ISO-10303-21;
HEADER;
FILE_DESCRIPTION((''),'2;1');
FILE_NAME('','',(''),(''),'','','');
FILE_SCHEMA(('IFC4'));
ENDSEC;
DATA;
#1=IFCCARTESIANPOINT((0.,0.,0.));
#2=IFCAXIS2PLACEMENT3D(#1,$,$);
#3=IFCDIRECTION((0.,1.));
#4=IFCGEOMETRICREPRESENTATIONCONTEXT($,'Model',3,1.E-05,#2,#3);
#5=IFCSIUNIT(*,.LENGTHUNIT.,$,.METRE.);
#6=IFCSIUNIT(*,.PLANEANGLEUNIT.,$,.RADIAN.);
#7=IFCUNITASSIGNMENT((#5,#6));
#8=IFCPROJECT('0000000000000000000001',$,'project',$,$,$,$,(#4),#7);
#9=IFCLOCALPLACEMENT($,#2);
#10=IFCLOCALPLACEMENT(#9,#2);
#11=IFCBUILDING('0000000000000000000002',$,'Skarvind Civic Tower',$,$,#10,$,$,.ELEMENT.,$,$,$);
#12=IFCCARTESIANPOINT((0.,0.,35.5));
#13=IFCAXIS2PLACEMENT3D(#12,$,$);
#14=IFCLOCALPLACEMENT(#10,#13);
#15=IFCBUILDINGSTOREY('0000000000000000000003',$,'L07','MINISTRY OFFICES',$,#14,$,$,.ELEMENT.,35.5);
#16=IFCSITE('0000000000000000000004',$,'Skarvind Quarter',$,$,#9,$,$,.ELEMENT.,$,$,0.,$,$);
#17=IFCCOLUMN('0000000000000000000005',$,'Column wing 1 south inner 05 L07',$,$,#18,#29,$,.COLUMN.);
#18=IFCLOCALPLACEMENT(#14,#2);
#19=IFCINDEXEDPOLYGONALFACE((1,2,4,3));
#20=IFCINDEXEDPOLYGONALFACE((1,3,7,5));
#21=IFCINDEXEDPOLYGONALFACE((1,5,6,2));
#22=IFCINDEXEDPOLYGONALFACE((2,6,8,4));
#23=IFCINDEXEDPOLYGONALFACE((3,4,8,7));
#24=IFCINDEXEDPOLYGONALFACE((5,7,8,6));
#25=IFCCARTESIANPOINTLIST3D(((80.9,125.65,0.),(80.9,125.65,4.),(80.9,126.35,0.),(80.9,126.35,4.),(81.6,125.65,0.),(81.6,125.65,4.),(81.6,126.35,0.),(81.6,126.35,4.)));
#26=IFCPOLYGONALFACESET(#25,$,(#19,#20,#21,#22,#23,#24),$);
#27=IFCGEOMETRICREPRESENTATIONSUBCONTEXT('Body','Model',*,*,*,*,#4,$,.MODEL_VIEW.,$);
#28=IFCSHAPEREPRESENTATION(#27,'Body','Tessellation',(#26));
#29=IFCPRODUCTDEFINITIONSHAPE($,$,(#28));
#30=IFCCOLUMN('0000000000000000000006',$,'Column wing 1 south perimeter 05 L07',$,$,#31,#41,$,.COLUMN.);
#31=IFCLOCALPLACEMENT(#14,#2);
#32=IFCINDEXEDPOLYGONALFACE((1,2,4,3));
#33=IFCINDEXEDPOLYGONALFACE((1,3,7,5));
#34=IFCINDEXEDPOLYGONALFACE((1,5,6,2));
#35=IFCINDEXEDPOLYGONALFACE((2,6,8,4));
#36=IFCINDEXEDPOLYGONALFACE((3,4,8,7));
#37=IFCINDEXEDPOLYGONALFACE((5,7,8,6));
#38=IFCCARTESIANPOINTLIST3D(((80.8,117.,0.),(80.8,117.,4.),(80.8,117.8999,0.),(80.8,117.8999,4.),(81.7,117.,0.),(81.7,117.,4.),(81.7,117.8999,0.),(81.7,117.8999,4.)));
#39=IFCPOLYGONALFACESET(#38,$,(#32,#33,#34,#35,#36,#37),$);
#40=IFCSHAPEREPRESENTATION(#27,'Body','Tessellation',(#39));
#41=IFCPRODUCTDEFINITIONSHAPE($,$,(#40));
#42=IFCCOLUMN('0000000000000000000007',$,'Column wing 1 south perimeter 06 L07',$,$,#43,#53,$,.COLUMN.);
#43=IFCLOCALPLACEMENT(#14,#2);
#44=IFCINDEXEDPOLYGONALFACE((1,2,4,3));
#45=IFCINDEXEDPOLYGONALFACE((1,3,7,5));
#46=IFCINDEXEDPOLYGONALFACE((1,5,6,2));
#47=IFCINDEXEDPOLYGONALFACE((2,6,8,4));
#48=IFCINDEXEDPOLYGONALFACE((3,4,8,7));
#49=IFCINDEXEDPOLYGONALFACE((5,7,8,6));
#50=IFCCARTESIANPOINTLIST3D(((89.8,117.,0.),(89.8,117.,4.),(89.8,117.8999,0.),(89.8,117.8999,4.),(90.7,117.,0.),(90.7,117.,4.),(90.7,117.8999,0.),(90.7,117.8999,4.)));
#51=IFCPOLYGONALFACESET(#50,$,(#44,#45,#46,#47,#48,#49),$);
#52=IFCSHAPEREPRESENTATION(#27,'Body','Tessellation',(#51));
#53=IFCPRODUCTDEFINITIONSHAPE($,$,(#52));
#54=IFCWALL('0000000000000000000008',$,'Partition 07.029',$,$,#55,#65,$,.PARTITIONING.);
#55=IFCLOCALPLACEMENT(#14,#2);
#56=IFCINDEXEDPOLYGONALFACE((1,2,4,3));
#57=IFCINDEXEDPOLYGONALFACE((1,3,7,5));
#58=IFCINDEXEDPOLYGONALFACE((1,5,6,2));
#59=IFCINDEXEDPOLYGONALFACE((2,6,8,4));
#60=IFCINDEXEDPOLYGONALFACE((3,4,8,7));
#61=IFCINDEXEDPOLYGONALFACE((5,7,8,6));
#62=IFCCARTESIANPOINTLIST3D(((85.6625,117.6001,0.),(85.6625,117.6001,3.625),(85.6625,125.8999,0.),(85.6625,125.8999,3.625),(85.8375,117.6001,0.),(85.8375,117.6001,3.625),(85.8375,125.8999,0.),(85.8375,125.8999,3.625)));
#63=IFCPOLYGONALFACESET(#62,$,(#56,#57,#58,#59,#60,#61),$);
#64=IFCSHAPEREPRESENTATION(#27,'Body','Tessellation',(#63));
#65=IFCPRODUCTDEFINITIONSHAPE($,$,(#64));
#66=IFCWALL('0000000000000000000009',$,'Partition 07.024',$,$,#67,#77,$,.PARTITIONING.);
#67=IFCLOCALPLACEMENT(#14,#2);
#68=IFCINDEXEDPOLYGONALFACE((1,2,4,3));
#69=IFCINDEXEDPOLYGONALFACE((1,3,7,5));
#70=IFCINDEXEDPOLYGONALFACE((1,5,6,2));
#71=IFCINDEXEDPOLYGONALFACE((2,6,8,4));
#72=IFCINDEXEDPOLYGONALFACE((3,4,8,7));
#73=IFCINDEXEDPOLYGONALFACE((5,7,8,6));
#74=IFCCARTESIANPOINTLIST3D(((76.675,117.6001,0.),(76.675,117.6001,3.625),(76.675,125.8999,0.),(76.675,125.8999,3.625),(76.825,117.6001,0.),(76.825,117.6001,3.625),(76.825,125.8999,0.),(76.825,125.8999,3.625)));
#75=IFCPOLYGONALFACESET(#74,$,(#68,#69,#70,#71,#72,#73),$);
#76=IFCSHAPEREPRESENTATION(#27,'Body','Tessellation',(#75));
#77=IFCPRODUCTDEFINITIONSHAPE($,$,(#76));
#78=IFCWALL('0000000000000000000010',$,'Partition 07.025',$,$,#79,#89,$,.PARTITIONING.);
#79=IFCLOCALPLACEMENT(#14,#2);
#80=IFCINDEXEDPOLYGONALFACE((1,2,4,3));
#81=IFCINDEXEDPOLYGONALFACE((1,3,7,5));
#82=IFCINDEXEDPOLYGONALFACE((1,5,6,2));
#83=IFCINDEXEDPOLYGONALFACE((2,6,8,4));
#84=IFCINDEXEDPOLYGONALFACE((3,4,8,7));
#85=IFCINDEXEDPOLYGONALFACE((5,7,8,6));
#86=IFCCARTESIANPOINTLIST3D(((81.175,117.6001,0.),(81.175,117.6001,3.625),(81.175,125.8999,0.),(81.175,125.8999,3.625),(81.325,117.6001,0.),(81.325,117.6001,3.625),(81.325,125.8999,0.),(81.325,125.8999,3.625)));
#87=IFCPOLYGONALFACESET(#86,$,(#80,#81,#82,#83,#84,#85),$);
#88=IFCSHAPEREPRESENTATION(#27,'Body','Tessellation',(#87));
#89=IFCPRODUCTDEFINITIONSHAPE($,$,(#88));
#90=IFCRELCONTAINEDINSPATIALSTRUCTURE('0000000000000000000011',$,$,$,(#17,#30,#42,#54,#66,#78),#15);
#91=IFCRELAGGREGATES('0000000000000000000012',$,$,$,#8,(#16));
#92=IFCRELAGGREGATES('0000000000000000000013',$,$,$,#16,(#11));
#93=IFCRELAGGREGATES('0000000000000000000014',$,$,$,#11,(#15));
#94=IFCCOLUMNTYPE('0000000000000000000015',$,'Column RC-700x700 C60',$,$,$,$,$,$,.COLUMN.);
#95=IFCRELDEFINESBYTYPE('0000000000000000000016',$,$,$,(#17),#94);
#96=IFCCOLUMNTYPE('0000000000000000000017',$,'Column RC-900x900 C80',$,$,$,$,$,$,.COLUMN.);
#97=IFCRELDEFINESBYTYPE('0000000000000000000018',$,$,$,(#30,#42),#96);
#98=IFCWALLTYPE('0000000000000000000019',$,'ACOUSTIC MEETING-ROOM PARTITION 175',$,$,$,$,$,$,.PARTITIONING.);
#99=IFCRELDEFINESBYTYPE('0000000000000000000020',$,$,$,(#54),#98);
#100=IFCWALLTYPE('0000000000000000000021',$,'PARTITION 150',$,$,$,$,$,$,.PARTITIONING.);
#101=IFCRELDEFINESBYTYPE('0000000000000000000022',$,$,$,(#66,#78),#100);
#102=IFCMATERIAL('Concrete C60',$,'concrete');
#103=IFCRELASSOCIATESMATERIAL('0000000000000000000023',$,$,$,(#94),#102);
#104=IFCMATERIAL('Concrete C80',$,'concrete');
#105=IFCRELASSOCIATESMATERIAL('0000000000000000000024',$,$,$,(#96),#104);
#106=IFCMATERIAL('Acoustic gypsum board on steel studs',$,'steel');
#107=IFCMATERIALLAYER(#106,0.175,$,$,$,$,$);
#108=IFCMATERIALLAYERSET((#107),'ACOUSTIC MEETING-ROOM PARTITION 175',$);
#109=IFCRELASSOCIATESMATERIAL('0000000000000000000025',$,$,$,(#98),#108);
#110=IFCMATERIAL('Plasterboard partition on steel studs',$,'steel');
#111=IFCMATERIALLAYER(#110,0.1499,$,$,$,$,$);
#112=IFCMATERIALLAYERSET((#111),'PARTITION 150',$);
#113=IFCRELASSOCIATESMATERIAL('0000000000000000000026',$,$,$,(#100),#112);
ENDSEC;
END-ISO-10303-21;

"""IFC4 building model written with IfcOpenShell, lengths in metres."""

from ifc_helpers import new_model, si_unit, direction, frame, frame_2d, origin, origin_2d, place, context, subcontext, project, spatial, rectangle, extrude, material, layer, layer_set, material_profile, profile_set, type_object, element, save


model = new_model("IFC4")

# Units and contexts
model_context = context("Model", 3, precision=1e-05, world=origin(), true_north=direction((0.0, 1.0)))
body_context = subcontext(model_context, "Body", "Model", "MODEL_VIEW")
ifc_project = project(units=[si_unit("LENGTHUNIT", "METRE"), si_unit("PLANEANGLEUNIT", "RADIAN")], contexts=[model_context])

# Site, building, storey
site_placement = place(None, origin())
site = spatial("IfcSite", under=ifc_project, at=site_placement, Name="Skarvind Quarter", CompositionType="ELEMENT", RefElevation=0.0)
building_placement = place(site_placement, origin())
building = spatial("IfcBuilding", under=site, at=building_placement, Name="Skarvind Civic Tower", CompositionType="ELEMENT")
storey_placement = place(building_placement, frame((0.0, 0.0, 35.5)))
storey = spatial("IfcBuildingStorey", under=building, at=storey_placement, Name="L07", Description="MINISTRY OFFICES", CompositionType="ELEMENT", Elevation=35.5)

# Columns
ifc_material_1 = material(Name="Concrete C60", Category="concrete")
ifc_material_profile_1 = material_profile(ifc_material_1, rectangle(XDim=0.7, YDim=0.7, at=origin_2d()), Name="RC-700x700")
ifc_profile_set_1 = profile_set([ifc_material_profile_1], Name="Concrete C60")
column_type_1 = type_object("IfcColumnType", Name="Column RC-700x700 C60", PredefinedType="COLUMN", material=ifc_profile_set_1)
column_placement = place(storey_placement, frame((81.25, 126.0, 0.0), z_axis=(0.0, 0.0, 1.0), x_axis=(1.0, 0.0, 0.0)))
element("IfcColumn", 1, at=column_placement, inside=storey, type_object=column_type_1, Name="Column wing 1 south inner 05 L07", PredefinedType="COLUMN", context=body_context, shape_type="SweptSolid", body=[
    extrude(rectangle(XDim=0.7, YDim=0.7, at=origin_2d()), origin(), (0.0, 0.0, 1.0), 4.0),
])
ifc_material_2 = material(Name="Concrete C80", Category="concrete")
ifc_material_profile_2 = material_profile(ifc_material_2, rectangle(XDim=0.8999, YDim=0.8999, at=origin_2d()), Name="RC-900x900")
ifc_profile_set_2 = profile_set([ifc_material_profile_2], Name="Concrete C80")
column_type_2 = type_object("IfcColumnType", Name="Column RC-900x900 C80", PredefinedType="COLUMN", material=ifc_profile_set_2)
for number, where, z_axis, x_axis, name in (
    (2, (81.25, 117.45, 0.0), (0.0, 0.0, 1.0), (1.0, 0.0, 0.0), "Column wing 1 south perimeter 05 L07"),
    (3, (90.25, 117.45, 0.0), (0.0, 0.0, 1.0), (1.0, 0.0, 0.0), "Column wing 1 south perimeter 06 L07"),
):
    element("IfcColumn", number, at=place(storey_placement, frame(where, z_axis=z_axis, x_axis=x_axis)), inside=storey, type_object=column_type_2, Name=name, PredefinedType="COLUMN", context=body_context, shape_type="SweptSolid", body=[
        extrude(rectangle(XDim=0.8999, YDim=0.8999, at=origin_2d()), origin(), (0.0, 0.0, 1.0), 4.0),
    ])

# Walls
ifc_material_3 = material(Name="Acoustic gypsum board on steel studs", Category="steel")
ifc_layer_1 = layer(ifc_material_3, 0.175)
ifc_layer_set_1 = layer_set([ifc_layer_1], Name="ACOUSTIC MEETING-ROOM PARTITION 175")
wall_type_1 = type_object("IfcWallType", Name="ACOUSTIC MEETING-ROOM PARTITION 175", PredefinedType="PARTITIONING", material=ifc_layer_set_1)
wall_1_placement = place(storey_placement, frame((85.75, 117.6001, 0.0), z_axis=(0.0, 0.0, 1.0), x_axis=(0.0, 1.0, 0.0)))
element("IfcWall", 4, at=wall_1_placement, inside=storey, type_object=wall_type_1, Name="Partition 07.029", PredefinedType="PARTITIONING", context=body_context, shape_type="SweptSolid", body=[
    extrude(rectangle(XDim=8.2998, YDim=0.175, at=frame_2d((4.1499, 0.0))), origin(), (0.0, 0.0, 1.0), 3.625),
])
ifc_material_4 = material(Name="Plasterboard partition on steel studs", Category="steel")
ifc_layer_2 = layer(ifc_material_4, 0.1499)
ifc_layer_set_2 = layer_set([ifc_layer_2], Name="PARTITION 150")
wall_type_2 = type_object("IfcWallType", Name="PARTITION 150", PredefinedType="PARTITIONING", material=ifc_layer_set_2)
for number, where, z_axis, x_axis, name in (
    (5, (76.75, 117.6001, 0.0), (0.0, 0.0, 1.0), (0.0, 1.0, 0.0), "Partition 07.024"),
    (6, (81.25, 117.6001, 0.0), (0.0, 0.0, 1.0), (0.0, 1.0, 0.0), "Partition 07.025"),
):
    element("IfcWall", number, at=place(storey_placement, frame(where, z_axis=z_axis, x_axis=x_axis)), inside=storey, type_object=wall_type_2, Name=name, PredefinedType="PARTITIONING", context=body_context, shape_type="SweptSolid", body=[
        extrude(rectangle(XDim=8.2998, YDim=0.1499, at=frame_2d((4.1499, 0.0))), origin(), (0.0, 0.0, 1.0), 3.625),
    ])

save(model, "model.ifc")
